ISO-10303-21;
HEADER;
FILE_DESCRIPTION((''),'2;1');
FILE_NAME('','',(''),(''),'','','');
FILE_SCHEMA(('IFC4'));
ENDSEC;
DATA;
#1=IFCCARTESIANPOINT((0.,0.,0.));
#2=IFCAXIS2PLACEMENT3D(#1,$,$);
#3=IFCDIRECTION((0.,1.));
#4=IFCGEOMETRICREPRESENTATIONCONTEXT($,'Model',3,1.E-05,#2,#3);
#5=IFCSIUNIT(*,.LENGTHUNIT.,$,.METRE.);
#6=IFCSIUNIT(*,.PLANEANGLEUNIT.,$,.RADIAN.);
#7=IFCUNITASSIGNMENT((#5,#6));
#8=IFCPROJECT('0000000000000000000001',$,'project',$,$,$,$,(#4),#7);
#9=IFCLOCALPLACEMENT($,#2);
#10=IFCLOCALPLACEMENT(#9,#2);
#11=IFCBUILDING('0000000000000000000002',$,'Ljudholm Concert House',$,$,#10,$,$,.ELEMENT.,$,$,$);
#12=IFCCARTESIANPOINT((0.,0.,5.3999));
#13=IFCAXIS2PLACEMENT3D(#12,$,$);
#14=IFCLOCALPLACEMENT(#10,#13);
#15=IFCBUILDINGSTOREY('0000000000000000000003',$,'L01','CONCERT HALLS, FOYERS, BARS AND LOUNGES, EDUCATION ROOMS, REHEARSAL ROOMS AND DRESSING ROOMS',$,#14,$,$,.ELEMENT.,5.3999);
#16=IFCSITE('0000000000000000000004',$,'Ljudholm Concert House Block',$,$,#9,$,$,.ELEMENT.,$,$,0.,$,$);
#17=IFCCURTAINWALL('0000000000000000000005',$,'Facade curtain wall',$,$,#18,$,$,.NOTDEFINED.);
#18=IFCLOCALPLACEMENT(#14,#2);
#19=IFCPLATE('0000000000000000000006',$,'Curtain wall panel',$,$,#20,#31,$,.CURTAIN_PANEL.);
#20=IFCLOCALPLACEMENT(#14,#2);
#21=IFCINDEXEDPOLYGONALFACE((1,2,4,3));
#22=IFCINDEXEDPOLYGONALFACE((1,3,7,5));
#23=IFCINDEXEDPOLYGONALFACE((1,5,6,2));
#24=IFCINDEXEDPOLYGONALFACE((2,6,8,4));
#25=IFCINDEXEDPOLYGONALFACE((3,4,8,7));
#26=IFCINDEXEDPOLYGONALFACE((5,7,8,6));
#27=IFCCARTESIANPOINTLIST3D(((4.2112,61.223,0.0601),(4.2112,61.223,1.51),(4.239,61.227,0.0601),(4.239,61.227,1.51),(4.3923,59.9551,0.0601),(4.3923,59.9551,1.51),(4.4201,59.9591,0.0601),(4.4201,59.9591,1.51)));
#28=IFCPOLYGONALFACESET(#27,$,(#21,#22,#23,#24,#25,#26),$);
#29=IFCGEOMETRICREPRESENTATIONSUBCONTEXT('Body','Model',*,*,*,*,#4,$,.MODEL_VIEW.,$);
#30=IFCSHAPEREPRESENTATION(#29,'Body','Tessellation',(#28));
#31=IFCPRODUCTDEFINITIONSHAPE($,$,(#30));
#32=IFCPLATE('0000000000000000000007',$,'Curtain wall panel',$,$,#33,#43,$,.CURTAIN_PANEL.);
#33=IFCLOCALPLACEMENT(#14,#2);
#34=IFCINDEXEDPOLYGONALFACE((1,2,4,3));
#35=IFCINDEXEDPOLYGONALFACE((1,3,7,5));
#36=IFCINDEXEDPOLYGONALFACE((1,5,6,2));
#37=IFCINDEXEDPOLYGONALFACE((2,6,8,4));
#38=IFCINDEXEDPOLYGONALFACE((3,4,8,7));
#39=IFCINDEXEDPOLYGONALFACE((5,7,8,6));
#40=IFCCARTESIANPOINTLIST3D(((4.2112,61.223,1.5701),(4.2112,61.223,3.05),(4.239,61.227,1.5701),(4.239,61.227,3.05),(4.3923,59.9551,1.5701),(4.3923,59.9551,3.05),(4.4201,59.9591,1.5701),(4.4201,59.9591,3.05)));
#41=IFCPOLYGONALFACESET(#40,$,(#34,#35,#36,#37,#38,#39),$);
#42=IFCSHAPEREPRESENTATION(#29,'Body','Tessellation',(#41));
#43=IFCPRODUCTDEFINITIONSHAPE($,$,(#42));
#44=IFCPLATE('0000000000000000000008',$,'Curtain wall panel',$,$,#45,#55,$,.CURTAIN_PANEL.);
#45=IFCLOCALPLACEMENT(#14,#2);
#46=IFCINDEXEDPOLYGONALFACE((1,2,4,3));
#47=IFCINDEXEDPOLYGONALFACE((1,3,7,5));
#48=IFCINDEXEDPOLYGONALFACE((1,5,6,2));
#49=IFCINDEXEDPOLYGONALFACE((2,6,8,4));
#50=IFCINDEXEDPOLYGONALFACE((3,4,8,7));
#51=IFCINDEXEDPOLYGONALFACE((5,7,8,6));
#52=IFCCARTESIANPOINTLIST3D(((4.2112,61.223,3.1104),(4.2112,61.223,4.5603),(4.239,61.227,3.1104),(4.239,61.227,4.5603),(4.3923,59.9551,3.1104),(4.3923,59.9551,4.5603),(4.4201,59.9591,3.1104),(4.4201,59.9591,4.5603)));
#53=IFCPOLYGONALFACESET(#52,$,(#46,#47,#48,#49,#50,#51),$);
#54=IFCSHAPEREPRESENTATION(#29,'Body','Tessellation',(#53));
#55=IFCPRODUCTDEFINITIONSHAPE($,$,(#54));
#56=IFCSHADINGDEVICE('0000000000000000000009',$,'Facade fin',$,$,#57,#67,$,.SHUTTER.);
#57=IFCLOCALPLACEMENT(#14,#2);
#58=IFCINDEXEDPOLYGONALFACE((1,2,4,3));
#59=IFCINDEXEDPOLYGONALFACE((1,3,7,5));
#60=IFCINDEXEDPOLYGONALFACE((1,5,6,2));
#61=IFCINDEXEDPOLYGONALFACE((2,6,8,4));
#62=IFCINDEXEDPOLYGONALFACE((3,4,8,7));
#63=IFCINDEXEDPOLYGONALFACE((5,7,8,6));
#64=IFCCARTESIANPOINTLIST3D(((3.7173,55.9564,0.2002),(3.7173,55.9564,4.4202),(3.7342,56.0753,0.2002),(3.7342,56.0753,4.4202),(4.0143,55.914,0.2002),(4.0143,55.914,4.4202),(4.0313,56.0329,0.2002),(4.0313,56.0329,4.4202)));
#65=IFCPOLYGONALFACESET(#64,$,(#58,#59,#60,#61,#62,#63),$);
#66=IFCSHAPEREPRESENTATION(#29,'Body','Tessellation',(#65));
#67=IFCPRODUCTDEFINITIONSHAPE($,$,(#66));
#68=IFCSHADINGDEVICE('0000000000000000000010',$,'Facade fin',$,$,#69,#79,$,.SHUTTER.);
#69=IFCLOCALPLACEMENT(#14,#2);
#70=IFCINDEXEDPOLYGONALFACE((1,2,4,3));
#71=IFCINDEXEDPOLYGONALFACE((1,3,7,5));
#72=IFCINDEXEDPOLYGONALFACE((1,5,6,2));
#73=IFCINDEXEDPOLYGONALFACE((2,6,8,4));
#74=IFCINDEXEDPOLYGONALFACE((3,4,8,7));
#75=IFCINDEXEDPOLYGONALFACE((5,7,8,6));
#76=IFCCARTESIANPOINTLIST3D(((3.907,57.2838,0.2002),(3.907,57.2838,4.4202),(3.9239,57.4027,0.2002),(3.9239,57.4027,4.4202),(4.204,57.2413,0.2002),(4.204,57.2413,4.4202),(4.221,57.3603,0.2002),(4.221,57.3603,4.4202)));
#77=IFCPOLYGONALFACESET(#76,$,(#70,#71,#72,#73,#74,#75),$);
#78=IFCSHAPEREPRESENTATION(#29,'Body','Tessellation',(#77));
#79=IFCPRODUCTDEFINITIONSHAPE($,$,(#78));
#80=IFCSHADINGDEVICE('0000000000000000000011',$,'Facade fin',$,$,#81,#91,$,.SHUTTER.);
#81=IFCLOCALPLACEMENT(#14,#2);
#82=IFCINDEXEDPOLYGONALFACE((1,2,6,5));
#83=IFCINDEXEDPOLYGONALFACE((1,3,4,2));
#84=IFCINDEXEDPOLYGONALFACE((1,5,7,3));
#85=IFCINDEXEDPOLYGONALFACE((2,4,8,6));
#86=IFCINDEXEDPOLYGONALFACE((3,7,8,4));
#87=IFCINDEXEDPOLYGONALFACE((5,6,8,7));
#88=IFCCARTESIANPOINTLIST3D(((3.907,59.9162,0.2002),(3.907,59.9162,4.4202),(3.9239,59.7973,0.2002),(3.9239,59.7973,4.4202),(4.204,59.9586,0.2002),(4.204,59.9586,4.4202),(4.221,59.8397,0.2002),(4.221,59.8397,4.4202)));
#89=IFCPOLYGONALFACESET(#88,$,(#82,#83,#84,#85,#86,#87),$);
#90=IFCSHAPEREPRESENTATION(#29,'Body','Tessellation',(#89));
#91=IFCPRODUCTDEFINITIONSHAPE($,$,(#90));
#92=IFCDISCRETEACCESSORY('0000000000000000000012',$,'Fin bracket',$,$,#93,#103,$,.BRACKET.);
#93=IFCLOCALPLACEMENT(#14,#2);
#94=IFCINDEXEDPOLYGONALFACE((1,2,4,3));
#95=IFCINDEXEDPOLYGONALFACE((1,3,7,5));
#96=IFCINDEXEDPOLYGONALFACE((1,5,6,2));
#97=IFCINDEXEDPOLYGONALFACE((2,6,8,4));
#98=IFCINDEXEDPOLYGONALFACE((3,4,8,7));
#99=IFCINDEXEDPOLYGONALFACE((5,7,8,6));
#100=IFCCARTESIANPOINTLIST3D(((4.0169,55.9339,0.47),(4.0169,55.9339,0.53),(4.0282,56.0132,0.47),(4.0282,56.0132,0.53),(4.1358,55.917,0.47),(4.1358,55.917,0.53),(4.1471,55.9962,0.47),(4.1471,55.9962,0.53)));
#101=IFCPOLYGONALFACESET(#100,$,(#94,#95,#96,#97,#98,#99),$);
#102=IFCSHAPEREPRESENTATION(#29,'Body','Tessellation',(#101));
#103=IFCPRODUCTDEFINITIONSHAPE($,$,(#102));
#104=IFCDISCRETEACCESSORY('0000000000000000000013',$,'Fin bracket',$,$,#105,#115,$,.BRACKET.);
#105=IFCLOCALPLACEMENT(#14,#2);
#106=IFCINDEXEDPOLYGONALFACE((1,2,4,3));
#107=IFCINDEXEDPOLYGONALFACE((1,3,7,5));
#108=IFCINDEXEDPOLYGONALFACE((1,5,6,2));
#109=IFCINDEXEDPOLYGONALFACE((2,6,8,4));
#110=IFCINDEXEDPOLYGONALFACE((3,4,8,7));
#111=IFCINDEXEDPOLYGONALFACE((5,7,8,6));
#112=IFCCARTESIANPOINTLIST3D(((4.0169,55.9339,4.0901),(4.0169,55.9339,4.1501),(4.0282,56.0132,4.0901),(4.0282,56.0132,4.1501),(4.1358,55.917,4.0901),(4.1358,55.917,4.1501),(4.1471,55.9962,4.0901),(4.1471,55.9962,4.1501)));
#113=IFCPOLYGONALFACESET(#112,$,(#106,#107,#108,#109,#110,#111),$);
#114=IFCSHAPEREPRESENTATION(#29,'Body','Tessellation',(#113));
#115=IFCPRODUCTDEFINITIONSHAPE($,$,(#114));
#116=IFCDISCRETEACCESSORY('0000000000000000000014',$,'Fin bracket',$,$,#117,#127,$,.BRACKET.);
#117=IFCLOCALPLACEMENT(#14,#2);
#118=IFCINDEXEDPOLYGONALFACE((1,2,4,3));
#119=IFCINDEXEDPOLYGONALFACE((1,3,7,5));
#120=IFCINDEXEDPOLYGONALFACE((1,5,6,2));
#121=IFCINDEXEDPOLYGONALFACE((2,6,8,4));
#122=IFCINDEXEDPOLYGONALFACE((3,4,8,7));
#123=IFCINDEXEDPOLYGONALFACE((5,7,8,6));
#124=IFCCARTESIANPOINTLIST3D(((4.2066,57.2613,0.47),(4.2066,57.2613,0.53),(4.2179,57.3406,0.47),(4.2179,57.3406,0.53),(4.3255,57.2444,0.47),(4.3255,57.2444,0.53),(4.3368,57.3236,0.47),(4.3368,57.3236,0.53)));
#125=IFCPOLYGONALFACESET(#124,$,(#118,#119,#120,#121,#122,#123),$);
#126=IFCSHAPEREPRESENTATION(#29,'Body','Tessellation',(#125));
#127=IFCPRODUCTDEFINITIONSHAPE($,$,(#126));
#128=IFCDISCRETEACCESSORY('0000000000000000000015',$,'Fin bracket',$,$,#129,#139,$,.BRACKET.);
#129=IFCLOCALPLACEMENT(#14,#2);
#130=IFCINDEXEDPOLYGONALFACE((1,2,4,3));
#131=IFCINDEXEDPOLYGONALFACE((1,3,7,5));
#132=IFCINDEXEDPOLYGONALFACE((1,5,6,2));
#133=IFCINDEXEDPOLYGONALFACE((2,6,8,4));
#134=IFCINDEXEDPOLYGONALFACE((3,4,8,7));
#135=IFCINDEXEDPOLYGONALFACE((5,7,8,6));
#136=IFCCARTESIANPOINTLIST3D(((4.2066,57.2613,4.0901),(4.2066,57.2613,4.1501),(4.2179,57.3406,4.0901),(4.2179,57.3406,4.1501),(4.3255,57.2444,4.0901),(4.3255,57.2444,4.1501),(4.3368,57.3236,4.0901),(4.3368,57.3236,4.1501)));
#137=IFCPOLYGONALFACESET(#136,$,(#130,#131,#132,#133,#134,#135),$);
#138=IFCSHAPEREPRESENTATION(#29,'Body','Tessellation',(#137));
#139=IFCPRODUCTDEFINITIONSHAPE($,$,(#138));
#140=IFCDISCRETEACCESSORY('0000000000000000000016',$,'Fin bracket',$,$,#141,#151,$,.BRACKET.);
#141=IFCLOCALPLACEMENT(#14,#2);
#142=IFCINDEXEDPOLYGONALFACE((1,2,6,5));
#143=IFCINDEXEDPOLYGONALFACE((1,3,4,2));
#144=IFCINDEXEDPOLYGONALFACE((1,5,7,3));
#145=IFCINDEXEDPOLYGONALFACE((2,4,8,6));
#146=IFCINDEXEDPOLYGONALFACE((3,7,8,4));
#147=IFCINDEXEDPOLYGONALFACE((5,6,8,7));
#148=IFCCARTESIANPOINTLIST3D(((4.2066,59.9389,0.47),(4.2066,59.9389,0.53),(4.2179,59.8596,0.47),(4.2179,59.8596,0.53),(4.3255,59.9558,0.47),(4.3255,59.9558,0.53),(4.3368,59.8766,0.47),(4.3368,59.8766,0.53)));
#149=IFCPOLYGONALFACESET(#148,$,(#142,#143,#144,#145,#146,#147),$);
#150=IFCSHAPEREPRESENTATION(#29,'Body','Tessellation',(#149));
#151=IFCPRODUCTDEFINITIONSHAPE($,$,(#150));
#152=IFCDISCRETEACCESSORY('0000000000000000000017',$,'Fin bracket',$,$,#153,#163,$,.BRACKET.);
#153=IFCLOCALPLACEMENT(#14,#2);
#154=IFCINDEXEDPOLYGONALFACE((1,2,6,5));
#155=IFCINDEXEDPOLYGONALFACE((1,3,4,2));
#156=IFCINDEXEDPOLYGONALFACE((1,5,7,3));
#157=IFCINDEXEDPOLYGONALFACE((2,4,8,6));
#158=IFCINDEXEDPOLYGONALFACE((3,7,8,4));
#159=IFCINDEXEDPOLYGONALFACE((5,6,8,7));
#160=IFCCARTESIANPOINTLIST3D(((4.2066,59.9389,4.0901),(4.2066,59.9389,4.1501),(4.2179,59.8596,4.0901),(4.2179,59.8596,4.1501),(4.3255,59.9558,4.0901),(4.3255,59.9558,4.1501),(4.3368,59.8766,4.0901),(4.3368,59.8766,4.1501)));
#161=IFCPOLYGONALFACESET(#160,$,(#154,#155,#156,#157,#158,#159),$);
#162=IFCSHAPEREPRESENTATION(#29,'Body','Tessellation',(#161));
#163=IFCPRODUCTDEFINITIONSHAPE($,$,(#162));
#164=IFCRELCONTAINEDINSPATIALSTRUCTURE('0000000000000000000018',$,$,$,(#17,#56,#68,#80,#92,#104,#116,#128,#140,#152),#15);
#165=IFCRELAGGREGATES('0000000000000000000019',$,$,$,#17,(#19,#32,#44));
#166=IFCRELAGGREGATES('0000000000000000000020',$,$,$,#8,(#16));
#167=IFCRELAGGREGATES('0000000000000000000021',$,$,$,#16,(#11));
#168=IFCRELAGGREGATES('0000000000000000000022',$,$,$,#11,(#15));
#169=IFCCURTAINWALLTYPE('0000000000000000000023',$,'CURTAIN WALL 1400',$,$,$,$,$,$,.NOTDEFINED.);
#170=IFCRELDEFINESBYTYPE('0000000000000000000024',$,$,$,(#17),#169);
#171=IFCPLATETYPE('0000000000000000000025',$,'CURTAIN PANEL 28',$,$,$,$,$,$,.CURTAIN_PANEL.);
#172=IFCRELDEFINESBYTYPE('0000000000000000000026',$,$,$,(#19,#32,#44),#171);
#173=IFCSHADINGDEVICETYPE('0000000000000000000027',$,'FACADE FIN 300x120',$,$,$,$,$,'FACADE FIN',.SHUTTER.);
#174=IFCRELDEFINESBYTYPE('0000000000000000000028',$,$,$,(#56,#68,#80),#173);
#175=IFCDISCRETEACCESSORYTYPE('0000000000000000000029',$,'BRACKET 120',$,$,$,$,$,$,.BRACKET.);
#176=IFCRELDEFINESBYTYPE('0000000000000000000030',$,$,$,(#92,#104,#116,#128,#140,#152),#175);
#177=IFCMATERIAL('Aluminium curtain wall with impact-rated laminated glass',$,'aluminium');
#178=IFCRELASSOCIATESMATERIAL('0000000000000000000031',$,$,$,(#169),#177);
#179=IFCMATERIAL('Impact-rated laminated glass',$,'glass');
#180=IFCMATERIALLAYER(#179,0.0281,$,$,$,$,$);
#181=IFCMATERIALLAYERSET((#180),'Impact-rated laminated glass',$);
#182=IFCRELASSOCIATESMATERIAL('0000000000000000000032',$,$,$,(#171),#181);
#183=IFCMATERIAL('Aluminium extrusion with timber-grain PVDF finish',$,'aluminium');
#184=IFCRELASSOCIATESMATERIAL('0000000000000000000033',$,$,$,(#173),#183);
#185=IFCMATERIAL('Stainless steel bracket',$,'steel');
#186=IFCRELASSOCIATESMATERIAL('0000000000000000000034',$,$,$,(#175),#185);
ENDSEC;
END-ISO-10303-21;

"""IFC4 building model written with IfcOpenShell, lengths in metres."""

from ifc_helpers import new_model, si_unit, direction, frame, origin, origin_2d, place, context, subcontext, project, spatial, rectangle, extrude, material, layer, layer_set, type_object, element, aggregate, save


model = new_model("IFC4")

# Units and contexts
model_context = context("Model", 3, precision=1e-05, world=origin(), true_north=direction((0.0, 1.0)))
body_context = subcontext(model_context, "Body", "Model", "MODEL_VIEW")
ifc_project = project(units=[si_unit("LENGTHUNIT", "METRE"), si_unit("PLANEANGLEUNIT", "RADIAN")], contexts=[model_context])

# Site, building, storey
site_placement = place(None, origin())
site = spatial("IfcSite", under=ifc_project, at=site_placement, Name="Ljudholm Concert House Block", CompositionType="ELEMENT", RefElevation=0.0)
building_placement = place(site_placement, origin())
building = spatial("IfcBuilding", under=site, at=building_placement, Name="Ljudholm Concert House", CompositionType="ELEMENT")
storey_placement = place(building_placement, frame((0.0, 0.0, 5.3999)))
storey = spatial("IfcBuildingStorey", under=building, at=storey_placement, Name="L01", Description="CONCERT HALLS, FOYERS, BARS AND LOUNGES, EDUCATION ROOMS, REHEARSAL ROOMS AND DRESSING ROOMS", CompositionType="ELEMENT", Elevation=5.3999)

# Shared definitions
ifc_material_1 = material(Name="Aluminium curtain wall with impact-rated laminated glass", Category="aluminium")
curtain_wall_type = type_object("IfcCurtainWallType", Name="CURTAIN WALL 1400", PredefinedType="NOTDEFINED", material=ifc_material_1)

# Curtain wall
curtain_wall_1_placement = place(storey_placement, origin())
curtain_wall_1 = element("IfcCurtainWall", 1, at=curtain_wall_1_placement, inside=storey, type_object=curtain_wall_type, Name="Facade curtain wall", PredefinedType="NOTDEFINED")

# Plates
ifc_material_2 = material(Name="Impact-rated laminated glass", Category="glass")
ifc_layer = layer(ifc_material_2, 0.0281)
ifc_layer_set = layer_set([ifc_layer], Name="Impact-rated laminated glass")
plate_type = type_object("IfcPlateType", Name="CURTAIN PANEL 28", PredefinedType="CURTAIN_PANEL", material=ifc_layer_set)
plate_1_placement = place(storey_placement, frame((4.3157, 60.5911, 0.0601), z_axis=(0.0, 0.0, 1.0), x_axis=(-0.141421, 0.989949, 0.0)))
plate_1 = element("IfcPlate", 2, at=plate_1_placement, type_object=plate_type, Name="Curtain wall panel", PredefinedType="CURTAIN_PANEL", context=body_context, shape_type="SweptSolid", body=[
    extrude(rectangle(XDim=1.2808, YDim=0.0281, at=origin_2d()), origin(), (0.0, 0.0, 1.0), 1.45),
])
plate_2_placement = place(storey_placement, frame((4.3157, 60.5911, 1.5701), z_axis=(0.0, 0.0, 1.0), x_axis=(-0.141421, 0.989949, 0.0)))
plate_2 = element("IfcPlate", 3, at=plate_2_placement, type_object=plate_type, Name="Curtain wall panel", PredefinedType="CURTAIN_PANEL", context=body_context, shape_type="SweptSolid", body=[
    extrude(rectangle(XDim=1.2808, YDim=0.0281, at=origin_2d()), origin(), (0.0, 0.0, 1.0), 1.48),
])
plate_3_placement = place(storey_placement, frame((4.3157, 60.5911, 3.1104), z_axis=(0.0, 0.0, 1.0), x_axis=(-0.141421, 0.989949, 0.0)))
plate_3 = element("IfcPlate", 4, at=plate_3_placement, type_object=plate_type, Name="Curtain wall panel", PredefinedType="CURTAIN_PANEL", context=body_context, shape_type="SweptSolid", body=[
    extrude(rectangle(XDim=1.2808, YDim=0.0281, at=origin_2d()), origin(), (0.0, 0.0, 1.0), 1.45),
])
aggregate(curtain_wall_1, [plate_1, plate_2, plate_3])

# Shading devices
ifc_material_3 = material(Name="Aluminium extrusion with timber-grain PVDF finish", Category="aluminium")
shading_device_type = type_object("IfcShadingDeviceType", Name="FACADE FIN 300x120", ElementType="FACADE FIN", PredefinedType="SHUTTER", material=ifc_material_3)
for number, where, z_axis, x_axis, name in (
    (5, (3.8743, 55.9946, 0.2002), (0.0, 0.0, 1.0), (-0.989949, 0.141421, 0.0), "Facade fin"),
    (6, (4.064, 57.322, 0.2002), (0.0, 0.0, 1.0), (-0.989949, 0.141421, 0.0), "Facade fin"),
    (7, (4.064, 59.8779, 0.2002), (0.0, 0.0, 1.0), (-0.989949, -0.141421, 0.0), "Facade fin"),
):
    element("IfcShadingDevice", number, at=place(storey_placement, frame(where, z_axis=z_axis, x_axis=x_axis)), inside=storey, type_object=shading_device_type, Name=name, PredefinedType="SHUTTER", context=body_context, shape_type="SweptSolid", body=[
        extrude(rectangle(XDim=0.3, YDim=0.1201, at=origin_2d()), origin(), (0.0, 0.0, 1.0), 4.22),
    ])

# Discrete accessories
ifc_material_4 = material(Name="Stainless steel bracket", Category="steel")
discrete_accessory_type = type_object("IfcDiscreteAccessoryType", Name="BRACKET 120", PredefinedType="BRACKET", material=ifc_material_4)
for number, where, z_axis, x_axis, name in (
    (8, (4.082, 55.9651, 0.47), (0.0, 0.0, 1.0), (-0.989949, 0.141421, 0.0), "Fin bracket"),
    (9, (4.082, 55.9651, 4.0901), (0.0, 0.0, 1.0), (-0.989949, 0.141421, 0.0), "Fin bracket"),
    (10, (4.2717, 57.2925, 0.47), (0.0, 0.0, 1.0), (-0.989949, 0.141421, 0.0), "Fin bracket"),
    (11, (4.2717, 57.2925, 4.0901), (0.0, 0.0, 1.0), (-0.989949, 0.141421, 0.0), "Fin bracket"),
    (12, (4.2717, 59.9077, 0.47), (0.0, 0.0, 1.0), (-0.989949, -0.141421, 0.0), "Fin bracket"),
    (13, (4.2717, 59.9077, 4.0901), (0.0, 0.0, 1.0), (-0.989949, -0.141421, 0.0), "Fin bracket"),
):
    element("IfcDiscreteAccessory", number, at=place(storey_placement, frame(where, z_axis=z_axis, x_axis=x_axis)), inside=storey, type_object=discrete_accessory_type, Name=name, PredefinedType="BRACKET", context=body_context, shape_type="SweptSolid", body=[
        extrude(rectangle(XDim=0.1201, YDim=0.0801, at=origin_2d()), origin(), (0.0, 0.0, 1.0), 0.0601),
    ])

save(model, "model.ifc")
